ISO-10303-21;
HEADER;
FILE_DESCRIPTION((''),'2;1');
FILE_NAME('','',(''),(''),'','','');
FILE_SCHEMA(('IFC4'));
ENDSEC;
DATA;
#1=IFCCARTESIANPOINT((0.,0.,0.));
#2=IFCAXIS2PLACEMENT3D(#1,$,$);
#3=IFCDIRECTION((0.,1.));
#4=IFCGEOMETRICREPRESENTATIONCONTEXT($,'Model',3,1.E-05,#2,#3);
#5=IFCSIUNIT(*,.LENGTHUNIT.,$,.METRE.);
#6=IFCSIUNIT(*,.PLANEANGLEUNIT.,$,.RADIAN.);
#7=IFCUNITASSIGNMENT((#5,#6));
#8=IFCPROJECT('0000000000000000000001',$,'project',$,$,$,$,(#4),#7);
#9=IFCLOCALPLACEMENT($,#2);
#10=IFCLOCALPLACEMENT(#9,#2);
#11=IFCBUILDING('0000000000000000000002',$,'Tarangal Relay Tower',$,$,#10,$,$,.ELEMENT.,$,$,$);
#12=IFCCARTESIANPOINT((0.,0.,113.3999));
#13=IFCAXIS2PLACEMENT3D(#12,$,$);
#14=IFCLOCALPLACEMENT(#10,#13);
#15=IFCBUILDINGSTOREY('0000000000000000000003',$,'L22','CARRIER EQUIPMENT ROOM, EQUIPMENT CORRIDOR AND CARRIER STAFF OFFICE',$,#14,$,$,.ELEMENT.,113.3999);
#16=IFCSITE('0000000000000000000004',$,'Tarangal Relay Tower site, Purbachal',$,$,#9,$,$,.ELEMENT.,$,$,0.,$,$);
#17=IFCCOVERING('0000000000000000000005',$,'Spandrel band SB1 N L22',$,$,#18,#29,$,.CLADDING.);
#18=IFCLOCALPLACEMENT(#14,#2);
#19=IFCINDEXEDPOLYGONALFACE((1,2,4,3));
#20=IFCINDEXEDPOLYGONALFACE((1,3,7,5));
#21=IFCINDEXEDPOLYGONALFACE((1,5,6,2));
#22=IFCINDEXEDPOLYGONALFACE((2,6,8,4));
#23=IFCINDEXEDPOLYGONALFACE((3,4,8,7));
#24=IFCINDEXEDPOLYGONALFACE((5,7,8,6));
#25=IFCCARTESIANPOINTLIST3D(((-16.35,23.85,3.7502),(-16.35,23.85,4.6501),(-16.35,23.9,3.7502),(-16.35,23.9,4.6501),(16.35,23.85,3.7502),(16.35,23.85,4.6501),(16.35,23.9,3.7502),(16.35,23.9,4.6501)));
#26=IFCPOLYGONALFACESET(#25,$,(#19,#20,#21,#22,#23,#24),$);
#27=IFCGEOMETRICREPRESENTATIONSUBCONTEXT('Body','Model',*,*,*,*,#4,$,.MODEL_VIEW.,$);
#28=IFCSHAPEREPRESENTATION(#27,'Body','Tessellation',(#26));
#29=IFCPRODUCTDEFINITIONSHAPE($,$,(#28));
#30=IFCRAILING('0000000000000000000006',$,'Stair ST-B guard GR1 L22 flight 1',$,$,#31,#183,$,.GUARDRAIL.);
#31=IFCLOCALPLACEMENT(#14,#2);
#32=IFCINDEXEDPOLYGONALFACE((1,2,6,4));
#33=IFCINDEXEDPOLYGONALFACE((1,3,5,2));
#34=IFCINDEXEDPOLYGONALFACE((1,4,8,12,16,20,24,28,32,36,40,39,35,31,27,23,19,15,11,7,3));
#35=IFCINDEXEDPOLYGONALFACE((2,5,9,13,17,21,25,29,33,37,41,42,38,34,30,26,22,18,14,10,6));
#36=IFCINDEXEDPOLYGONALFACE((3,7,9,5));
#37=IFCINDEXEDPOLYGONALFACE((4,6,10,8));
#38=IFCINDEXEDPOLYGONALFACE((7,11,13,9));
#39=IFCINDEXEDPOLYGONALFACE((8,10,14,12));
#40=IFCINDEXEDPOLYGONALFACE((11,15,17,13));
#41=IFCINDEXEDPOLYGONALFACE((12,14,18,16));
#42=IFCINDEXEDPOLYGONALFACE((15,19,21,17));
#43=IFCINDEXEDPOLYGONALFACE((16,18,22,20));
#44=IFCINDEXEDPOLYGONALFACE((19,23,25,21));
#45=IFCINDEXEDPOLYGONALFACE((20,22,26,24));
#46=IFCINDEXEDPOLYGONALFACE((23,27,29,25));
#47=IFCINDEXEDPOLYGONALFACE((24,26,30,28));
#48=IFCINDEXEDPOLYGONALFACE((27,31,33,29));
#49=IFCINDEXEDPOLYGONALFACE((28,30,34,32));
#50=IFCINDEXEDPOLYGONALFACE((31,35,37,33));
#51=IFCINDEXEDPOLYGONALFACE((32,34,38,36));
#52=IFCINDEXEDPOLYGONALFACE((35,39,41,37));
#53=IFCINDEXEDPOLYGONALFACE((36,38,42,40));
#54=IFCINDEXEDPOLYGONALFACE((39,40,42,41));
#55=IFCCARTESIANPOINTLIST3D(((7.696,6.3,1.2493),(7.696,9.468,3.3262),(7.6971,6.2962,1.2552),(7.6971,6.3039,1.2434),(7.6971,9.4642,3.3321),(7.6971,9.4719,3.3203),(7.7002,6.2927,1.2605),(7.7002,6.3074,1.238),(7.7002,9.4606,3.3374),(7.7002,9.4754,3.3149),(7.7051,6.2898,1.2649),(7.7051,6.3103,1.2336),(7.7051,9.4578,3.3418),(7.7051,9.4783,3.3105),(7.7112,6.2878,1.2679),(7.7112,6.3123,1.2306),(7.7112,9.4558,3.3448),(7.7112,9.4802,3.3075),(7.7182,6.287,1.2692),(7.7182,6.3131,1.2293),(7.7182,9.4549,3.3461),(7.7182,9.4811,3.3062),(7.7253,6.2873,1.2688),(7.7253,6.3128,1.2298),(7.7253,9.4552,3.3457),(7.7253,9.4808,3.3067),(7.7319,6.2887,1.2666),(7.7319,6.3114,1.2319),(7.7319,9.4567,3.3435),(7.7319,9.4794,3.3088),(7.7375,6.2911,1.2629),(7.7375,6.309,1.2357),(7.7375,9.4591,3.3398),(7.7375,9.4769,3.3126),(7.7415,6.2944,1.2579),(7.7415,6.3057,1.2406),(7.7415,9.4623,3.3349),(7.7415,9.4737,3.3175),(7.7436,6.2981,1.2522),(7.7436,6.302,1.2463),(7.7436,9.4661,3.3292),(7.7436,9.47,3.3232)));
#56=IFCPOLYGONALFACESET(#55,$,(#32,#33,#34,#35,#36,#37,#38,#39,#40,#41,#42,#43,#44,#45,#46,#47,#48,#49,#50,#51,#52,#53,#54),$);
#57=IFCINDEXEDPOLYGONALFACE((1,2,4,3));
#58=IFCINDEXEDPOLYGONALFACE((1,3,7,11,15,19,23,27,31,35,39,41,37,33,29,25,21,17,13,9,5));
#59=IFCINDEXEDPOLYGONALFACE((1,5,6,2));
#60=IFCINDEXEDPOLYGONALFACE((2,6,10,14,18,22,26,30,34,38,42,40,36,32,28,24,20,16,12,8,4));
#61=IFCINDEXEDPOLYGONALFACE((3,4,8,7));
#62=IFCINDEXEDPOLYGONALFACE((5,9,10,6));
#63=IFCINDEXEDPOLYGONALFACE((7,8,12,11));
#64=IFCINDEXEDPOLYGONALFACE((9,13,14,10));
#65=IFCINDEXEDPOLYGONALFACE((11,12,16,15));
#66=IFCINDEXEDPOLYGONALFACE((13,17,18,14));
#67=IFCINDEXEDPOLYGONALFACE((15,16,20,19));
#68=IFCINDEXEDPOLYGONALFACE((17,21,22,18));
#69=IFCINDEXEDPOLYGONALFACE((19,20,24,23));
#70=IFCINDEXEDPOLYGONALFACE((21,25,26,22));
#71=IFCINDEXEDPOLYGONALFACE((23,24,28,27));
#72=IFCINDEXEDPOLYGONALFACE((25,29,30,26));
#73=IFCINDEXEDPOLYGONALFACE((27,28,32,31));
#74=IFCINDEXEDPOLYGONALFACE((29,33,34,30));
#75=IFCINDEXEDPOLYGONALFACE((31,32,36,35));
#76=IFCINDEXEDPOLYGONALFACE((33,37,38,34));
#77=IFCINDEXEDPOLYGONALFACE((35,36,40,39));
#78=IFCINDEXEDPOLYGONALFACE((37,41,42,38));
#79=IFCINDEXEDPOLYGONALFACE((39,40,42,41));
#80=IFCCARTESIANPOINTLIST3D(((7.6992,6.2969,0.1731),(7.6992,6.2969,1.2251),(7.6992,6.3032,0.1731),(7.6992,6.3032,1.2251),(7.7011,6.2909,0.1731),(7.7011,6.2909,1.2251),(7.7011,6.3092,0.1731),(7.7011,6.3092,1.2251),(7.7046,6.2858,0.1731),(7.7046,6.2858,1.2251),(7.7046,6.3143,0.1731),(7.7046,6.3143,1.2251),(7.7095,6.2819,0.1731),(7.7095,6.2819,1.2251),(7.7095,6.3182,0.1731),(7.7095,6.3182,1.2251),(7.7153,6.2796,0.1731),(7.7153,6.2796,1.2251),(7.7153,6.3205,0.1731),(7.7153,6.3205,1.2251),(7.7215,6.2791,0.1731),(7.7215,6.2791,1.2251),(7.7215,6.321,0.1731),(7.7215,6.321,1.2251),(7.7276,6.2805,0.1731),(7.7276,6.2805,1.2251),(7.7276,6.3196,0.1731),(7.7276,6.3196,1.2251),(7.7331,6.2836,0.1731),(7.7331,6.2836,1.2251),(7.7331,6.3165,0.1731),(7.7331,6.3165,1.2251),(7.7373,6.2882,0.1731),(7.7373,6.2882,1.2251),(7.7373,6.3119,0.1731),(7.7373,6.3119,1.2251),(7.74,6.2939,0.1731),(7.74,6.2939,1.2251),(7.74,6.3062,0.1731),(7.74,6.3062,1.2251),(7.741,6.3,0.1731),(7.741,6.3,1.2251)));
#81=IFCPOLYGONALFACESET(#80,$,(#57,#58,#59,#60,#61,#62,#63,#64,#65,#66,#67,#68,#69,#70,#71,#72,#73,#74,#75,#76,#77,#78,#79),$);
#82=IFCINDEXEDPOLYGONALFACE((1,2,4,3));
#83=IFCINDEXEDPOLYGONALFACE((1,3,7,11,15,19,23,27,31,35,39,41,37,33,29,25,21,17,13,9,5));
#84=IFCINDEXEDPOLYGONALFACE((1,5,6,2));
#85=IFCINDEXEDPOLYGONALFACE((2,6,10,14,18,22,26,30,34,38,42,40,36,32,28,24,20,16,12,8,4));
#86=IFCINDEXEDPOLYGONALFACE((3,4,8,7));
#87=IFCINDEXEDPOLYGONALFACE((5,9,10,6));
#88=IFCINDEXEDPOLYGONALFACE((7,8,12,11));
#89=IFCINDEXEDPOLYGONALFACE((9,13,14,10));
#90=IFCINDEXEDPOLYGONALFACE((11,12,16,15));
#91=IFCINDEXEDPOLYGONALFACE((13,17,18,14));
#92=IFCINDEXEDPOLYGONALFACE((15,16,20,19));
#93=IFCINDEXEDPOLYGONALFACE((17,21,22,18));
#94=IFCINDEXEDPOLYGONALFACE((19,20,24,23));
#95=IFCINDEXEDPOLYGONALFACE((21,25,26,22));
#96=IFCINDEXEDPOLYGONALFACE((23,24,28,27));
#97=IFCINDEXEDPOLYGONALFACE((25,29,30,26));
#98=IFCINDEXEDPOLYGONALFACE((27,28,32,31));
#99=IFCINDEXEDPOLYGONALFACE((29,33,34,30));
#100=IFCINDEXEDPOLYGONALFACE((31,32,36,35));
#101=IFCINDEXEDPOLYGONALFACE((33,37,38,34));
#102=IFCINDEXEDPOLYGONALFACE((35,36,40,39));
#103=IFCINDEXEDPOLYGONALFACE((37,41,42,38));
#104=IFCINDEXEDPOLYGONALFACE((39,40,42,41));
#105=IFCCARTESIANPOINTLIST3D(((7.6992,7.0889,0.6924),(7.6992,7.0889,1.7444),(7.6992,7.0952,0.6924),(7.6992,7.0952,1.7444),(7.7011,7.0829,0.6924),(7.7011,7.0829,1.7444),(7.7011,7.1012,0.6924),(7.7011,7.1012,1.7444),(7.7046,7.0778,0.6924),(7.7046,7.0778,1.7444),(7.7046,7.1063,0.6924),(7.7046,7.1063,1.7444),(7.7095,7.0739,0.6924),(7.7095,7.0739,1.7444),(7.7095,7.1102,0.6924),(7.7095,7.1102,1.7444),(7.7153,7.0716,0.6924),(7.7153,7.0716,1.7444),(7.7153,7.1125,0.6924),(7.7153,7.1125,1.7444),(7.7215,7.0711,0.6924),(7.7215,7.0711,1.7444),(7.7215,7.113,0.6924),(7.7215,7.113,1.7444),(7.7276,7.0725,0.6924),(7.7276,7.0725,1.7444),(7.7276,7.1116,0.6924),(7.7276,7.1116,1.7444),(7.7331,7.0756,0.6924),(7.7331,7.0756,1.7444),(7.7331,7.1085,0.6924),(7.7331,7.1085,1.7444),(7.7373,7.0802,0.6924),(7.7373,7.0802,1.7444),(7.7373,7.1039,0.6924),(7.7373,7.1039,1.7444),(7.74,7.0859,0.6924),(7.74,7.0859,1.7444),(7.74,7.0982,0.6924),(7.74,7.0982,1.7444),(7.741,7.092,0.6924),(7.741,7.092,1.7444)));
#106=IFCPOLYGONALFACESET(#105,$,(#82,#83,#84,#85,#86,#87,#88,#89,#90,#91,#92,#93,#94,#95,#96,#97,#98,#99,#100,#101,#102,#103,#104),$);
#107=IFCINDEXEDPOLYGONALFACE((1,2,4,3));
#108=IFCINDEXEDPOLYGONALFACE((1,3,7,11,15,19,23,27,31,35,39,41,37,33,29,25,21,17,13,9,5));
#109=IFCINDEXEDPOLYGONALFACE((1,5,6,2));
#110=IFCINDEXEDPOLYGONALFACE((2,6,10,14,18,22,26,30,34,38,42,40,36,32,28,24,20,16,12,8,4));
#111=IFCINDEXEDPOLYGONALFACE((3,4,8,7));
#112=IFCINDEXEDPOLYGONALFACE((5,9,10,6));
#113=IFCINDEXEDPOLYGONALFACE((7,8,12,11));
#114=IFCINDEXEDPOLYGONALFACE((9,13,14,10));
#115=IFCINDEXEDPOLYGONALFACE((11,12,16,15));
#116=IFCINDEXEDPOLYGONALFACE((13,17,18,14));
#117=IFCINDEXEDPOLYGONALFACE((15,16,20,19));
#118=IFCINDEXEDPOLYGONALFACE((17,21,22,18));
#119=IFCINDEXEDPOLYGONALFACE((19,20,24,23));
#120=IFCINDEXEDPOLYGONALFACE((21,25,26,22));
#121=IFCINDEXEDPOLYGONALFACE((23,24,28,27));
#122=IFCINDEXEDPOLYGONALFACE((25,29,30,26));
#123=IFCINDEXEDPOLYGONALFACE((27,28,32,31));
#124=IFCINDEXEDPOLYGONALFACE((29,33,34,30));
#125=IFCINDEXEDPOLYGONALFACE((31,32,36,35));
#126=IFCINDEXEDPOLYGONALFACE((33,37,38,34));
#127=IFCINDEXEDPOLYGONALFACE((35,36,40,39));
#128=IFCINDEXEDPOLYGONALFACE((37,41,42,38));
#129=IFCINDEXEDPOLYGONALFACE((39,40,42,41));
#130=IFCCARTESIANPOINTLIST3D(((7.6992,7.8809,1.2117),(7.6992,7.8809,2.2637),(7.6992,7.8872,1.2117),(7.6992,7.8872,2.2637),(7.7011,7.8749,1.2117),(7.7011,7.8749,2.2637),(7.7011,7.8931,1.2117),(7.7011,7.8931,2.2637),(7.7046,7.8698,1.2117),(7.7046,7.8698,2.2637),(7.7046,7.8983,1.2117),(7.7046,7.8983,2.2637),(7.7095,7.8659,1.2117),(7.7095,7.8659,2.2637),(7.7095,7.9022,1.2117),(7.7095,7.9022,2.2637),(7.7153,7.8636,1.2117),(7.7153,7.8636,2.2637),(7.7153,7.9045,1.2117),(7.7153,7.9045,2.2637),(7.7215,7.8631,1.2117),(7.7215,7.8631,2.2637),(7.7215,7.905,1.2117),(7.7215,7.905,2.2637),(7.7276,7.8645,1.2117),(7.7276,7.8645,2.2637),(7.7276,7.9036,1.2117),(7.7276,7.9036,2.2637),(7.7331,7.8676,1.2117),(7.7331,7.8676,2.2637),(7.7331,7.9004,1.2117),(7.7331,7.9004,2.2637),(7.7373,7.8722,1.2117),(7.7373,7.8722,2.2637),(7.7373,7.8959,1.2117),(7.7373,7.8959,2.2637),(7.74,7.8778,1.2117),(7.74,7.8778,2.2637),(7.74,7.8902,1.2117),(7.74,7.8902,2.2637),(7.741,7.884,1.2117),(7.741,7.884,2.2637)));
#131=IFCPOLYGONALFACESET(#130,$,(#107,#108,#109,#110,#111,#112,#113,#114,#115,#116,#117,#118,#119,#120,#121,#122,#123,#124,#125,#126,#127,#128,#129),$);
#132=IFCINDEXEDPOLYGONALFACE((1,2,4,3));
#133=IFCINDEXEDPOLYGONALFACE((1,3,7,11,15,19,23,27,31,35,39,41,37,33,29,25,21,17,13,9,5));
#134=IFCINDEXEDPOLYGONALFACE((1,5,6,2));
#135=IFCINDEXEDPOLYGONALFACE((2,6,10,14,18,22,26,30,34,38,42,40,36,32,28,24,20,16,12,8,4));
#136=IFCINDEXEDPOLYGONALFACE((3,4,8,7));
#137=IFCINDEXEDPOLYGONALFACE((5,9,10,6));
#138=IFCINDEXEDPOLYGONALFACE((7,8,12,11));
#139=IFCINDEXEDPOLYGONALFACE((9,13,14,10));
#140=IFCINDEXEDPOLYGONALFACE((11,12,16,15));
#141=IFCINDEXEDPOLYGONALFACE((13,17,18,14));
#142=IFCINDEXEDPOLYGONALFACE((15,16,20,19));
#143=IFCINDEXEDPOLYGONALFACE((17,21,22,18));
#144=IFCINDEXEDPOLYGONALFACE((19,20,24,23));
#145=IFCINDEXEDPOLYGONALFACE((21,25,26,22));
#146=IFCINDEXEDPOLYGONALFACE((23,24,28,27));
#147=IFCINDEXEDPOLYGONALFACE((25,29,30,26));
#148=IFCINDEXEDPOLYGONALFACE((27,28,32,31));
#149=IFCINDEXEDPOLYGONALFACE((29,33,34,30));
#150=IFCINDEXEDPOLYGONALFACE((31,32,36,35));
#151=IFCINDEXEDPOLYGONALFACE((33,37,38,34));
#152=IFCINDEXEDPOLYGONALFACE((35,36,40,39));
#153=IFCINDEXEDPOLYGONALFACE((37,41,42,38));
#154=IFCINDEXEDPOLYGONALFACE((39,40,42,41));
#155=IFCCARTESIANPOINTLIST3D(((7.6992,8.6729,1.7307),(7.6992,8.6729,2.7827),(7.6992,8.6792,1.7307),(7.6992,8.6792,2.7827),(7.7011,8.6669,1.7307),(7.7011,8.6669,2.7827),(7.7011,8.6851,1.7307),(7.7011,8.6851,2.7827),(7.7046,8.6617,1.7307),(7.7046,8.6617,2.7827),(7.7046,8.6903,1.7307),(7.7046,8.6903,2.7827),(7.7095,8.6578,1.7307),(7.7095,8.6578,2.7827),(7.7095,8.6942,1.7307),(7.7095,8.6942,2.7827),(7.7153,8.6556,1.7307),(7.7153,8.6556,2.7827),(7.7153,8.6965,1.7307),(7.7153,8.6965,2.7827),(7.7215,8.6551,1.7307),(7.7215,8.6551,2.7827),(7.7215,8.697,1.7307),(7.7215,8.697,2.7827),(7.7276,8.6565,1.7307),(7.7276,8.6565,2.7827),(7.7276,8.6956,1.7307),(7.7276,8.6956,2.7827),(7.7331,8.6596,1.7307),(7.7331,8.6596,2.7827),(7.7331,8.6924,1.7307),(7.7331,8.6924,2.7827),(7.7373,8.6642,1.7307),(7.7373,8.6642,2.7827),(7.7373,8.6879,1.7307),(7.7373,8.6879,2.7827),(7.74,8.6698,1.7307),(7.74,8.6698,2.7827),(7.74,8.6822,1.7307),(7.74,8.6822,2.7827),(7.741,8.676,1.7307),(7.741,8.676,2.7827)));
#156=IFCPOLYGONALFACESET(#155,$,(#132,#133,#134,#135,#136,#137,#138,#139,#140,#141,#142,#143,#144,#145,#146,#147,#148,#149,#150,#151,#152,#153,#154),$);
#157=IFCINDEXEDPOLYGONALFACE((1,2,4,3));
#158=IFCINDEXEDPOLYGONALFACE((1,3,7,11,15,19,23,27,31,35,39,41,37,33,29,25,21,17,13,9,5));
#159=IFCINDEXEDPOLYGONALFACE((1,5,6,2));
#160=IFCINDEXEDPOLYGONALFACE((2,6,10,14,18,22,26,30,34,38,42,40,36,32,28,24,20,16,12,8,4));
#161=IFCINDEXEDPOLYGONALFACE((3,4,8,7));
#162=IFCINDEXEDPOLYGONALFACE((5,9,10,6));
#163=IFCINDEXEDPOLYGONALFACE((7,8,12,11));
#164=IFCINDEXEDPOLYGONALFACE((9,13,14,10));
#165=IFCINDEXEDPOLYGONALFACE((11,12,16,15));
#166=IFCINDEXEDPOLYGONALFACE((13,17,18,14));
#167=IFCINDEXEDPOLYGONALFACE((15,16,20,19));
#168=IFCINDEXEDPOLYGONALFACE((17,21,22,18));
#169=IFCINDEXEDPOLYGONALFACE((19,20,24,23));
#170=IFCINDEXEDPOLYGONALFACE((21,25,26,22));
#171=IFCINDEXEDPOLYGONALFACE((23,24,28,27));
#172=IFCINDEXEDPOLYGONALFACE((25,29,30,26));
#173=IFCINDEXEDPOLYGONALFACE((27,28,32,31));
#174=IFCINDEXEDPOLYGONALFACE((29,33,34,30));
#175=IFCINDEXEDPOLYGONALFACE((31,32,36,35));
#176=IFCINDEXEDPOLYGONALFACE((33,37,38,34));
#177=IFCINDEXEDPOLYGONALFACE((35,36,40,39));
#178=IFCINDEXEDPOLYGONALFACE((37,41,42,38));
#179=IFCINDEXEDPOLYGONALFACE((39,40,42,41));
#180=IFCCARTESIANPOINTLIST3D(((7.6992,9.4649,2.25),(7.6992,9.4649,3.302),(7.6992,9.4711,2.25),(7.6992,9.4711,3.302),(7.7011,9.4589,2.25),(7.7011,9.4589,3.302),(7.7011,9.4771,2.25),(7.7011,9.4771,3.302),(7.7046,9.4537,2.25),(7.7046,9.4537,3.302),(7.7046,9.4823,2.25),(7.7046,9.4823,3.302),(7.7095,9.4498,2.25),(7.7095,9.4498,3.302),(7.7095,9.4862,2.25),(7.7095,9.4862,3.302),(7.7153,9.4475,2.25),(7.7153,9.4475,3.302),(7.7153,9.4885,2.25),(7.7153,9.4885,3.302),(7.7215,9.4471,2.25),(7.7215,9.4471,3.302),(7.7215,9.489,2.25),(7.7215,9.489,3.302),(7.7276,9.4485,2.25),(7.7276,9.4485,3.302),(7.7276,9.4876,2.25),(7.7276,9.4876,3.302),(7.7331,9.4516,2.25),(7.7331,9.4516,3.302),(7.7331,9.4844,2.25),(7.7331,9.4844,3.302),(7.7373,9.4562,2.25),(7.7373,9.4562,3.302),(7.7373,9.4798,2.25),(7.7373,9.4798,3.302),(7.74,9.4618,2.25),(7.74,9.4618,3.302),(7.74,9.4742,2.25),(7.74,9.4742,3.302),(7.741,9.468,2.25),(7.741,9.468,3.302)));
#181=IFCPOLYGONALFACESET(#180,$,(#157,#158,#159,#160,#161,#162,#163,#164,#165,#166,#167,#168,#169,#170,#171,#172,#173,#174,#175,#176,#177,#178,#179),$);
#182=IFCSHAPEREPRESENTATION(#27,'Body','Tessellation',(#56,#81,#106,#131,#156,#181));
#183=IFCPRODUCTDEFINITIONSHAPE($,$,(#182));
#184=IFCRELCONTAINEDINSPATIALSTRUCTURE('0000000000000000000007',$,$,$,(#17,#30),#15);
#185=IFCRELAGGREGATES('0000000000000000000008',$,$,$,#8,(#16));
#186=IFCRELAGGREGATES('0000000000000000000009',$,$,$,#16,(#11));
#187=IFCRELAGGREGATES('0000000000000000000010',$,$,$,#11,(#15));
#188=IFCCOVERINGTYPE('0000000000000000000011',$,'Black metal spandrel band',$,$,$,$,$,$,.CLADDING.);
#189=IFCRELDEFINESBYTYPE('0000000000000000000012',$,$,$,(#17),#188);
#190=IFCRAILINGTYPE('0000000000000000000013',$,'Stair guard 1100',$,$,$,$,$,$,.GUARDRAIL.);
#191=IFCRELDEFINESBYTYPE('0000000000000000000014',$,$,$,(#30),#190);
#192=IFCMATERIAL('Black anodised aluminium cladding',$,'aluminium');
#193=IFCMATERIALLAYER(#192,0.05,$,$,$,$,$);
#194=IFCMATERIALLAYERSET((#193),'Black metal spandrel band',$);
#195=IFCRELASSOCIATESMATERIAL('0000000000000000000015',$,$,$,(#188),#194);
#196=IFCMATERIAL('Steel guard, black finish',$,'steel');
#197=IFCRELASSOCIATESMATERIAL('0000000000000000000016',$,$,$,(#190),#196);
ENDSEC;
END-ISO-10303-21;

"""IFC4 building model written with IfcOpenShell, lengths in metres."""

from ifc_helpers import new_model, si_unit, direction, frame, origin, origin_2d, place, context, subcontext, project, spatial, rectangle, circle, extrude, material, layer, layer_set, type_object, element, save


model = new_model("IFC4")

# Units and contexts
model_context = context("Model", 3, precision=1e-05, world=origin(), true_north=direction((0.0, 1.0)))
body_context = subcontext(model_context, "Body", "Model", "MODEL_VIEW")
ifc_project = project(units=[si_unit("LENGTHUNIT", "METRE"), si_unit("PLANEANGLEUNIT", "RADIAN")], contexts=[model_context])

# Site, building, storey
site_placement = place(None, origin())
site = spatial("IfcSite", under=ifc_project, at=site_placement, Name="Tarangal Relay Tower site, Purbachal", CompositionType="ELEMENT", RefElevation=0.0)
building_placement = place(site_placement, origin())
building = spatial("IfcBuilding", under=site, at=building_placement, Name="Tarangal Relay Tower", CompositionType="ELEMENT")
storey_placement = place(building_placement, frame((0.0, 0.0, 113.3999)))
storey = spatial("IfcBuildingStorey", under=building, at=storey_placement, Name="L22", Description="CARRIER EQUIPMENT ROOM, EQUIPMENT CORRIDOR AND CARRIER STAFF OFFICE", CompositionType="ELEMENT", Elevation=113.3999)

# Covering
ifc_material_1 = material(Name="Black anodised aluminium cladding", Category="aluminium")
ifc_layer_1 = layer(ifc_material_1, 0.05)
ifc_layer_set_1 = layer_set([ifc_layer_1], Name="Black metal spandrel band")
covering_type = type_object("IfcCoveringType", Name="Black metal spandrel band", PredefinedType="CLADDING", material=ifc_layer_set_1)
covering_placement = place(storey_placement, frame((0.0, 23.875, 3.7502), z_axis=(0.0, 0.0, 1.0), x_axis=(1.0, 0.0, 0.0)))
element("IfcCovering", 1, at=covering_placement, inside=storey, type_object=covering_type, Name="Spandrel band SB1 N L22", PredefinedType="CLADDING", context=body_context, shape_type="SweptSolid", body=[
    extrude(rectangle(XDim=32.7, YDim=0.05, at=origin_2d()), origin(), (0.0, 0.0, 1.0), 0.8999),
])

# Railing
ifc_material_2 = material(Name="Steel guard, black finish", Category="steel")
railing_type_1 = type_object("IfcRailingType", Name="Stair guard 1100", PredefinedType="GUARDRAIL", material=ifc_material_2)
railing_1_placement = place(storey_placement, frame((7.72, 6.3, 0.1731)))
element("IfcRailing", 2, at=railing_1_placement, inside=storey, type_object=railing_type_1, Name="Stair ST-B guard GR1 L22 flight 1", PredefinedType="GUARDRAIL", context=body_context, shape_type="SweptSolid", body=[
    extrude(circle(Radius=0.0239, at=origin_2d()), frame((0.0, 0.0, 1.0762), z_axis=(0.0, 0.836299, 0.548273), x_axis=(-1.0, 0.0, 0.0)), (0.0, 0.0, 1.0), 3.7881),
    extrude(circle(Radius=0.021, at=origin_2d()), origin(), (0.0, 0.0, 1.0), 1.052),
    extrude(circle(Radius=0.021, at=origin_2d()), frame((0.0, 0.792, 0.5193)), (0.0, 0.0, 1.0), 1.052),
    extrude(circle(Radius=0.021, at=origin_2d()), frame((0.0, 1.584, 1.0386)), (0.0, 0.0, 1.0), 1.052),
    extrude(circle(Radius=0.021, at=origin_2d()), frame((0.0, 2.376, 1.5576)), (0.0, 0.0, 1.0), 1.052),
    extrude(circle(Radius=0.021, at=origin_2d()), frame((0.0, 3.168, 2.0769)), (0.0, 0.0, 1.0), 1.052),
])

save(model, "model.ifc")
